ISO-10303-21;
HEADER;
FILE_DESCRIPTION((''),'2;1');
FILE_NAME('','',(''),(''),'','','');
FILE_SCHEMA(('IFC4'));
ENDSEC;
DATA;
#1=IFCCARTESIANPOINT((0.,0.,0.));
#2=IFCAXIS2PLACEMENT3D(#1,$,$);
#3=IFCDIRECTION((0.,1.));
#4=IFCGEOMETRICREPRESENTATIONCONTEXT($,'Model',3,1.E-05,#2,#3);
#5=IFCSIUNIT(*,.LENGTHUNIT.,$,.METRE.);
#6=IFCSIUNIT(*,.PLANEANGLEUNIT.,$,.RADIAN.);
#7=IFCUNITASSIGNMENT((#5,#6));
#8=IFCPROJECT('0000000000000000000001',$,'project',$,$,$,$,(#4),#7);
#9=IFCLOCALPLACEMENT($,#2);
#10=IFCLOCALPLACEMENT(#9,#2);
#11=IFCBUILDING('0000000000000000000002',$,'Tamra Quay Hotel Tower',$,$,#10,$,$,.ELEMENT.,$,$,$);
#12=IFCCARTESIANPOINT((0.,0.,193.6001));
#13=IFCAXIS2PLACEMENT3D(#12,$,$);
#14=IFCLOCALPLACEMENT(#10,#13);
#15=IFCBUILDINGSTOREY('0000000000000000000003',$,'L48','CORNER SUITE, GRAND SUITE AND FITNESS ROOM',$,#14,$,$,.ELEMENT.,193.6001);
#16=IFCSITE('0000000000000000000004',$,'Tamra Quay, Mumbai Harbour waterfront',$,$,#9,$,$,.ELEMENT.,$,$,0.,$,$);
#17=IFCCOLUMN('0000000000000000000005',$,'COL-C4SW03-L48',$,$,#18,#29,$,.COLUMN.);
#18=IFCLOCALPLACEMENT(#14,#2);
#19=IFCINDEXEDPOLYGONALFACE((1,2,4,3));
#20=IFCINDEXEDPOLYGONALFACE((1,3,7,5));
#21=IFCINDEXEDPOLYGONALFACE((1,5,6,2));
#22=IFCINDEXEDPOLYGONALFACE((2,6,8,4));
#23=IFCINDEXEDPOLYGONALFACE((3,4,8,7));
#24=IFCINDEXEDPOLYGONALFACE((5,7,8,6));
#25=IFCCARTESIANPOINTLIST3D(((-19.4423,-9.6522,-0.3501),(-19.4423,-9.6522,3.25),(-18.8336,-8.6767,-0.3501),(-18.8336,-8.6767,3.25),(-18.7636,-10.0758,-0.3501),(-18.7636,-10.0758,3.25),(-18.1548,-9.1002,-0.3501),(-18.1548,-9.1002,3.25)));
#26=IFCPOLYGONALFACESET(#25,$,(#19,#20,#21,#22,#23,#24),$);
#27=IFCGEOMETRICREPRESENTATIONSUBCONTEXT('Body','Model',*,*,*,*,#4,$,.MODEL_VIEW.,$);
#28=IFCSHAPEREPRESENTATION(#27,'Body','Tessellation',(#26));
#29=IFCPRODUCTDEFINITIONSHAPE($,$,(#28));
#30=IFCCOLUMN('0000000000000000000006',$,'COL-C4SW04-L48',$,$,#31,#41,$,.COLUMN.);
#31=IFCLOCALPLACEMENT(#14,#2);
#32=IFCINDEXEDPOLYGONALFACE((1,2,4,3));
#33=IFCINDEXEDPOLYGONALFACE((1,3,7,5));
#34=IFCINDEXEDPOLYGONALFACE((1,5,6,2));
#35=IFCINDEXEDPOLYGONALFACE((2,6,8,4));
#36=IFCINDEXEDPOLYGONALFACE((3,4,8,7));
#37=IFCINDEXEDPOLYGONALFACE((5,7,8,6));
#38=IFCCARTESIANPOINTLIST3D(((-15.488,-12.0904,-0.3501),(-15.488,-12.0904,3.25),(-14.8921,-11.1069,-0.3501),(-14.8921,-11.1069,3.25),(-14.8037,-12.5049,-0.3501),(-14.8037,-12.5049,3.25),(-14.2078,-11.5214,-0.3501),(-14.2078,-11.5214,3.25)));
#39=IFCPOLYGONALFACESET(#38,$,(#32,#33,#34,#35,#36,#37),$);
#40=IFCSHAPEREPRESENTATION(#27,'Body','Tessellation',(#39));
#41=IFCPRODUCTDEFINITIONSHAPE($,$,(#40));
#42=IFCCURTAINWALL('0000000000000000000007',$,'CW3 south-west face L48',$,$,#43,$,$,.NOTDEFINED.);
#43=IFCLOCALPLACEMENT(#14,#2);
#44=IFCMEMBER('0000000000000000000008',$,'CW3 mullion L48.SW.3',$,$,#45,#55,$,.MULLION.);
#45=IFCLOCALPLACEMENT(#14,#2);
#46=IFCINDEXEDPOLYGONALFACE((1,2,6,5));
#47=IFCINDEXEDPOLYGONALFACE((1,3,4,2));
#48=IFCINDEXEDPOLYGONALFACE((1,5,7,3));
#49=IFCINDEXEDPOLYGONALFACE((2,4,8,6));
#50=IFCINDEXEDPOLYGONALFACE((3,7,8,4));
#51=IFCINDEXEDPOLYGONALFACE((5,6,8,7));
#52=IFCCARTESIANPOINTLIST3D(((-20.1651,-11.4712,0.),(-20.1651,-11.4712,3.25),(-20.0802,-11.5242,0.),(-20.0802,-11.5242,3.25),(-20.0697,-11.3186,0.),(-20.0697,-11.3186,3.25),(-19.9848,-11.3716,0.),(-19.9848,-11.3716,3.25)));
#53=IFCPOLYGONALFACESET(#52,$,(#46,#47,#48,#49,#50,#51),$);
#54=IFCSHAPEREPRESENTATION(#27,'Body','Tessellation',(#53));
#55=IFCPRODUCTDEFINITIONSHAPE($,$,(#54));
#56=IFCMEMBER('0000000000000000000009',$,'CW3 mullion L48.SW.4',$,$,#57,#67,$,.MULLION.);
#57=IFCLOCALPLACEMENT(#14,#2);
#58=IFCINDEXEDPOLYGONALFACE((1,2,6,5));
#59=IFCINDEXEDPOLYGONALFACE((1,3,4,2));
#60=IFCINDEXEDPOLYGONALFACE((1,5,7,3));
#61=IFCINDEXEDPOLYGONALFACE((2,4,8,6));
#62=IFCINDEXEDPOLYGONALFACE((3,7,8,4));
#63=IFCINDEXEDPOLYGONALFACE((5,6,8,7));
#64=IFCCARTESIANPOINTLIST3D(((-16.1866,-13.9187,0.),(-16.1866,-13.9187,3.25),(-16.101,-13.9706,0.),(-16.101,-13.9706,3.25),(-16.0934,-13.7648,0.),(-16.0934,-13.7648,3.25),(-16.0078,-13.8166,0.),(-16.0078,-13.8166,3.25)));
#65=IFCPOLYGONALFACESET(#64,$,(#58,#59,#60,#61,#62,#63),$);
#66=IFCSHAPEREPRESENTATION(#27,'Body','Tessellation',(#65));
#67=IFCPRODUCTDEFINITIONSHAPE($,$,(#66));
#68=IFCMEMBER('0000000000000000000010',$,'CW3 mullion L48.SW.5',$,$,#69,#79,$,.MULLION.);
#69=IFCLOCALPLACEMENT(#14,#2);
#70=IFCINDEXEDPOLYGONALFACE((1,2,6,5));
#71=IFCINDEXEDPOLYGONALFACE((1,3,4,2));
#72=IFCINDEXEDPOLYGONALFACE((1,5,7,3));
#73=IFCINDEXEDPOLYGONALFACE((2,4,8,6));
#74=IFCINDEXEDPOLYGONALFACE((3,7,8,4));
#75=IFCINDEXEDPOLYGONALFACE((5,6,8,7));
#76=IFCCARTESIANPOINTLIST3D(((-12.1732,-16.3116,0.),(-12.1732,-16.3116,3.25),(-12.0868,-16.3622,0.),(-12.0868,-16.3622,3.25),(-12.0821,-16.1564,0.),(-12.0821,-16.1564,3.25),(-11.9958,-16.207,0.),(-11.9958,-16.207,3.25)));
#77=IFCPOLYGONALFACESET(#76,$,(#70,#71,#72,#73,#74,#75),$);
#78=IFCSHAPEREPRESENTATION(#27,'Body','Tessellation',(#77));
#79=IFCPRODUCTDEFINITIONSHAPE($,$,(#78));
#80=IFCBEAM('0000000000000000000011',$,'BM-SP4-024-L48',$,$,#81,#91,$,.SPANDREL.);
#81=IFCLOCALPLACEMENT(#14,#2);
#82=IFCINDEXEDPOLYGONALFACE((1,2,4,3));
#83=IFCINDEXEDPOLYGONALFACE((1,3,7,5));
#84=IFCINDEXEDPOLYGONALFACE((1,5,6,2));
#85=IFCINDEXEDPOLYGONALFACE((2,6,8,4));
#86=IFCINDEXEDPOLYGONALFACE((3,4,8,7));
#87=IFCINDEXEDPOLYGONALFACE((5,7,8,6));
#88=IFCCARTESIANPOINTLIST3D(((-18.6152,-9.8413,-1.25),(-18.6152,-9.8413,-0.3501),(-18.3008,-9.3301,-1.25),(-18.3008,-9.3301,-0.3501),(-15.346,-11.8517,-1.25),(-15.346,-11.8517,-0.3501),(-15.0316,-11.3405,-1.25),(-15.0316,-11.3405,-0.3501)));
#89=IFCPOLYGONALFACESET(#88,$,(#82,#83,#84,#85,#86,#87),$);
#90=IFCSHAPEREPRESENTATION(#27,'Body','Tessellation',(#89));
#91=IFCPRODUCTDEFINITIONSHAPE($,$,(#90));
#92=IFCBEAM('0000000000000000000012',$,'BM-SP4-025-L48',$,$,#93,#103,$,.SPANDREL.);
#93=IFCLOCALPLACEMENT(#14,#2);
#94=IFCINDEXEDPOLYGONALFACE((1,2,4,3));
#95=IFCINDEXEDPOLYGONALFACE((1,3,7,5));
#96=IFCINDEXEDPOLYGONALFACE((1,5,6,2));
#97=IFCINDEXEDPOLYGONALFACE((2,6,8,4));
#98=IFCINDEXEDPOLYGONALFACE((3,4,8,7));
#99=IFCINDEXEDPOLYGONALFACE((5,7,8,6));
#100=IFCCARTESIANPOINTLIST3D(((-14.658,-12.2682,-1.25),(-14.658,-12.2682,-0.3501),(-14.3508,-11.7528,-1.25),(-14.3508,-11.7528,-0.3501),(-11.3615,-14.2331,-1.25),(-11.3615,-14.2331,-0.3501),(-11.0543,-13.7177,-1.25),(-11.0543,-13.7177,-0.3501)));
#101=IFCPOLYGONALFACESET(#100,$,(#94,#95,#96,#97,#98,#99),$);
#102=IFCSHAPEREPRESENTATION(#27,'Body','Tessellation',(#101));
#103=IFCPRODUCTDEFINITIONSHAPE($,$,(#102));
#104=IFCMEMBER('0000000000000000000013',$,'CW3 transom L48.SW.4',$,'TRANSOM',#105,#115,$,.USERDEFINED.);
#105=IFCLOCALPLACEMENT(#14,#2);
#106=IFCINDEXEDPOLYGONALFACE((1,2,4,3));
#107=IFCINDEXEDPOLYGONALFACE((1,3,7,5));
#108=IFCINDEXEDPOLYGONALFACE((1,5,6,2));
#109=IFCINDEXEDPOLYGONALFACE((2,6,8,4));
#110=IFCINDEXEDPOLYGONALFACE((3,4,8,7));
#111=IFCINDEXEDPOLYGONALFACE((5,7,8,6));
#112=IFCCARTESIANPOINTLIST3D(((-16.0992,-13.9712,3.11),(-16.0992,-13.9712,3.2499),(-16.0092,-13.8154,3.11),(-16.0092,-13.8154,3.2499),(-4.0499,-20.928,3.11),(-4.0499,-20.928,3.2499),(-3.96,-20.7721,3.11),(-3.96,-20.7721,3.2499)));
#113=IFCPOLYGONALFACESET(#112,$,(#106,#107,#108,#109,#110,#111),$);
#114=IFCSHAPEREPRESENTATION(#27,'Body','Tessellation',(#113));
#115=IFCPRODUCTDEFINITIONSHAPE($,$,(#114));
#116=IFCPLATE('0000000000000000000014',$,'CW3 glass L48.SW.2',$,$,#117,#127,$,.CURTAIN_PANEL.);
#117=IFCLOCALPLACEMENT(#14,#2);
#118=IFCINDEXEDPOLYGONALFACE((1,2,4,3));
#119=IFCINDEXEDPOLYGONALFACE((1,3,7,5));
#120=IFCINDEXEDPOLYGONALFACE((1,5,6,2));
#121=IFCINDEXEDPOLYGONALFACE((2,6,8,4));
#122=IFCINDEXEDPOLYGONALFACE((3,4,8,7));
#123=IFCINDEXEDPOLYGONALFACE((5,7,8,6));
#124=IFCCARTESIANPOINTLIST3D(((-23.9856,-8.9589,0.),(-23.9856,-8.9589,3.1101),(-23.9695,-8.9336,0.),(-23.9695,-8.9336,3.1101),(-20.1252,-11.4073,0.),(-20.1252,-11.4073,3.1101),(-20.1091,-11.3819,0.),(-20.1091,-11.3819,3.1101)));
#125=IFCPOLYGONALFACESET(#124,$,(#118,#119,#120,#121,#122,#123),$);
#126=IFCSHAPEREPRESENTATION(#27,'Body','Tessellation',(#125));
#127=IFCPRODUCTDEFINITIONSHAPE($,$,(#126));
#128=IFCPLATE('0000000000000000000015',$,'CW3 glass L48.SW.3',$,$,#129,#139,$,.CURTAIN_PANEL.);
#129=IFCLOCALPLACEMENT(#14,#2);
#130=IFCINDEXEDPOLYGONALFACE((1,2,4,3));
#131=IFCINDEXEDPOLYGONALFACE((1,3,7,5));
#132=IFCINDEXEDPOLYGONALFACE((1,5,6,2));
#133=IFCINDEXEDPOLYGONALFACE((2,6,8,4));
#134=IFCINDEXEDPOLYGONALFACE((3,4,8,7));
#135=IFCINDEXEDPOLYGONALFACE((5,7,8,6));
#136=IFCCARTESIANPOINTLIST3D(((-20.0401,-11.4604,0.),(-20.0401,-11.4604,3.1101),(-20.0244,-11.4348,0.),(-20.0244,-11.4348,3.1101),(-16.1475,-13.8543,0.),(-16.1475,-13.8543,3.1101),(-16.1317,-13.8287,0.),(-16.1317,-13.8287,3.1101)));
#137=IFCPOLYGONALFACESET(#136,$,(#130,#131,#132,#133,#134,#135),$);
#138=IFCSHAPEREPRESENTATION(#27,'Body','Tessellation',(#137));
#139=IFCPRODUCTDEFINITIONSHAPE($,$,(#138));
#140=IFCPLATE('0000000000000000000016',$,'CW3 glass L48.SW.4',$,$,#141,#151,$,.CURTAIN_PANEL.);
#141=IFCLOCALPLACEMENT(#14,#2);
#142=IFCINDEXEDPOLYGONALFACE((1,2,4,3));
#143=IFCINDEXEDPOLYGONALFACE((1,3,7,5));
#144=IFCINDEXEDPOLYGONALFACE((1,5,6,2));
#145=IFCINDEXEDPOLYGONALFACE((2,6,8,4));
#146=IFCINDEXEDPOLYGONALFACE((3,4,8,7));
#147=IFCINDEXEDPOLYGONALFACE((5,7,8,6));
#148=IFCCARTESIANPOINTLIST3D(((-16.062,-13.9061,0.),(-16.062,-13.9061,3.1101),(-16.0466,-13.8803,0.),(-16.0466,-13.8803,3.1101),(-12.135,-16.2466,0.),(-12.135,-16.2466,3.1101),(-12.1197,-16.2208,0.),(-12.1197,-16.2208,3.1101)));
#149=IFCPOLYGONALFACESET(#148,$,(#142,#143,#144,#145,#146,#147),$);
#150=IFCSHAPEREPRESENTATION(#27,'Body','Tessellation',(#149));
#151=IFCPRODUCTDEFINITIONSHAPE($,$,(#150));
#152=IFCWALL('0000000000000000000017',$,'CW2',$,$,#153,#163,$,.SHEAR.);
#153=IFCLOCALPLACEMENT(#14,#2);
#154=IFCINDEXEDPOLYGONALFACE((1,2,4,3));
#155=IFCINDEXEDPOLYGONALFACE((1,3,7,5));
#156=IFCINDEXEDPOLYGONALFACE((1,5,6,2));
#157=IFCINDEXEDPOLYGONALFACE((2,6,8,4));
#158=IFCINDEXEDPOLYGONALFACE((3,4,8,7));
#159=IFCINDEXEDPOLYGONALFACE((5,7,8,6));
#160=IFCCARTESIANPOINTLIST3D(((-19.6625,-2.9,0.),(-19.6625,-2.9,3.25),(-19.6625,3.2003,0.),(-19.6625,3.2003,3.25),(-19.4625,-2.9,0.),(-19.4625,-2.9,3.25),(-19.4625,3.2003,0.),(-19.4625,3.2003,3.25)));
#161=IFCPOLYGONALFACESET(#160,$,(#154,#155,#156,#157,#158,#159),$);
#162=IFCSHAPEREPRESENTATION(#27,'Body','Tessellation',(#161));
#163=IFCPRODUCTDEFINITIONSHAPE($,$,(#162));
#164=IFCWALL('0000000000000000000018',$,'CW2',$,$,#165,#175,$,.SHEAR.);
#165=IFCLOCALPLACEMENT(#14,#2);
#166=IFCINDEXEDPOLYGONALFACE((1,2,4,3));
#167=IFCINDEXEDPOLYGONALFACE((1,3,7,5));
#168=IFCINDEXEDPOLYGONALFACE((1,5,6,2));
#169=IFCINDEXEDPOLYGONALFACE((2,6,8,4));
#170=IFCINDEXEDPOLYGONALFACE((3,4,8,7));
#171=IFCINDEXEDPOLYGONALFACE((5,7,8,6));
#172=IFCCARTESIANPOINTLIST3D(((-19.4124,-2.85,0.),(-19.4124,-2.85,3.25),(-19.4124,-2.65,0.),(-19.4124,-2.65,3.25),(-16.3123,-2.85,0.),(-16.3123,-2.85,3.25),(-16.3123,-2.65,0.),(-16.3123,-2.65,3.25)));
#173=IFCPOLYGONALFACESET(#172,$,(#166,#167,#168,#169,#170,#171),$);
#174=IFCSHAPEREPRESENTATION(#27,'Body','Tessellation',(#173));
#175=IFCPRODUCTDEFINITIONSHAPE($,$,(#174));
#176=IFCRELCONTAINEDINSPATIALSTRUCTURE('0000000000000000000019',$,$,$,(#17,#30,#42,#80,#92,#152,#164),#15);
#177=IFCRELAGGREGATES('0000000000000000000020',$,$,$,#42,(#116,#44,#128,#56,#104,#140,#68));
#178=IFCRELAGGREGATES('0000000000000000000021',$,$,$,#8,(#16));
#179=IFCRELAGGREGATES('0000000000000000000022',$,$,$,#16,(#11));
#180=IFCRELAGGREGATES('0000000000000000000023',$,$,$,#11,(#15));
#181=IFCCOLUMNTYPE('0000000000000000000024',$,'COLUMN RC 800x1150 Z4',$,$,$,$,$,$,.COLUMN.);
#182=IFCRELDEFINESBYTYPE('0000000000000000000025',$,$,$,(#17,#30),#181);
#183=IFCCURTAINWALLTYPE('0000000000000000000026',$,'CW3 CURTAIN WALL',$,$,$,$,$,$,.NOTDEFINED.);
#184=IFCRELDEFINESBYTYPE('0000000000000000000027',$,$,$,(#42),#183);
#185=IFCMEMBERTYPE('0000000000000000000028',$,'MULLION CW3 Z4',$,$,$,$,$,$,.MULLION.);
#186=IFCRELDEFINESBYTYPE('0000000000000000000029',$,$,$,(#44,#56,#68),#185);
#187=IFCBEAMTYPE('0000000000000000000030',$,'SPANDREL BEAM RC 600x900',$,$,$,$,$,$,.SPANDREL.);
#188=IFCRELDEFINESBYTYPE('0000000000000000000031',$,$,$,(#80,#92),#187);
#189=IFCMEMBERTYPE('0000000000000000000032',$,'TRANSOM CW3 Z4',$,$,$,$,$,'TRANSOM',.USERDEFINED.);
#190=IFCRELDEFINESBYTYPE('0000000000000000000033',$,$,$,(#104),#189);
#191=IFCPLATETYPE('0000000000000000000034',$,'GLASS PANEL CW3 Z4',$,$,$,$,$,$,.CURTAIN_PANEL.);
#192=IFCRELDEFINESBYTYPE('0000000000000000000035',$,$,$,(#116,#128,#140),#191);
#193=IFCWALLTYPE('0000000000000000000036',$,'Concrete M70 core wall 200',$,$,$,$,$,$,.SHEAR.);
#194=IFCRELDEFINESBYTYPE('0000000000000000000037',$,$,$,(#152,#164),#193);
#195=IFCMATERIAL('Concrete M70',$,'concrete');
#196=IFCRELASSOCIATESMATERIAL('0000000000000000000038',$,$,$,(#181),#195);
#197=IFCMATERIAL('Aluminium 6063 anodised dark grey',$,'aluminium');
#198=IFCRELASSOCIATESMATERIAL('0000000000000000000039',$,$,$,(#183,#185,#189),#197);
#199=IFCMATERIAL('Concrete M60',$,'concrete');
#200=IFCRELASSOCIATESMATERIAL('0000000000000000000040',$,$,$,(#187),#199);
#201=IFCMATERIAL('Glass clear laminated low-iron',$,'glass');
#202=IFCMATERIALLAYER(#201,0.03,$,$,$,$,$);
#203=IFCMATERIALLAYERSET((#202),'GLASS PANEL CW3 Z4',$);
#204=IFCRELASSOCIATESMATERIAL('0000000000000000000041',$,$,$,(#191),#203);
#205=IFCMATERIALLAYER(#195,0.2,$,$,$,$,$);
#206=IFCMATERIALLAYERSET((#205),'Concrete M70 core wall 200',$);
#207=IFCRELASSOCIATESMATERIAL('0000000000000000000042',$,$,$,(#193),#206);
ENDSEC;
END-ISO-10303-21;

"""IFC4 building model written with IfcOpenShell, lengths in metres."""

from ifc_helpers import new_model, si_unit, direction, frame, frame_2d, origin, origin_2d, place, context, subcontext, project, spatial, rectangle, extrude, material, layer, layer_set, material_profile, profile_set, type_object, element, aggregate, save


model = new_model("IFC4")

# Units and contexts
model_context = context("Model", 3, precision=1e-05, world=origin(), true_north=direction((0.0, 1.0)))
body_context = subcontext(model_context, "Body", "Model", "MODEL_VIEW")
ifc_project = project(units=[si_unit("LENGTHUNIT", "METRE"), si_unit("PLANEANGLEUNIT", "RADIAN")], contexts=[model_context])

# Site, building, storey
site_placement = place(None, origin())
site = spatial("IfcSite", under=ifc_project, at=site_placement, Name="Tamra Quay, Mumbai Harbour waterfront", CompositionType="ELEMENT", RefElevation=0.0)
building_placement = place(site_placement, origin())
building = spatial("IfcBuilding", under=site, at=building_placement, Name="Tamra Quay Hotel Tower", CompositionType="ELEMENT")
storey_placement = place(building_placement, frame((0.0, 0.0, 193.6001)))
storey = spatial("IfcBuildingStorey", under=building, at=storey_placement, Name="L48", Description="CORNER SUITE, GRAND SUITE AND FITNESS ROOM", CompositionType="ELEMENT", Elevation=193.6001)

# Columns
ifc_material_1 = material(Name="Concrete M70", Category="concrete")
ifc_material_profile_1 = material_profile(ifc_material_1, rectangle(XDim=1.1499, YDim=0.8, at=origin_2d()), Name="COLUMN RC 800x1150 Z4")
ifc_profile_set_1 = profile_set([ifc_material_profile_1], Name="Concrete M70")
column_type = type_object("IfcColumnType", Name="COLUMN RC 800x1150 Z4", PredefinedType="COLUMN", material=ifc_profile_set_1)
for number, where, z_axis, x_axis, name in (
    (1, (-18.7986, -9.3762, -0.3501), (0.0, 0.0, 1.0), (0.52941, 0.848366, 0.0), "COL-C4SW03-L48"),
    (2, (-14.8479, -11.8059, -0.3501), (0.0, 0.0, 1.0), (0.518175, 0.855275, 0.0), "COL-C4SW04-L48"),
):
    element("IfcColumn", number, at=place(storey_placement, frame(where, z_axis=z_axis, x_axis=x_axis)), inside=storey, type_object=column_type, Name=name, PredefinedType="COLUMN", context=body_context, shape_type="SweptSolid", body=[
        extrude(rectangle(XDim=1.1499, YDim=0.8, at=origin_2d()), origin(), (0.0, 0.0, 1.0), 3.6001),
    ])

# Curtain wall, members
ifc_material_2 = material(Name="Aluminium 6063 anodised dark grey", Category="aluminium")
curtain_wall_type = type_object("IfcCurtainWallType", Name="CW3 CURTAIN WALL", PredefinedType="NOTDEFINED", material=ifc_material_2)
curtain_wall_placement = place(storey_placement, origin())
curtain_wall = element("IfcCurtainWall", 3, at=curtain_wall_placement, inside=storey, type_object=curtain_wall_type, Name="CW3 south-west face L48", PredefinedType="NOTDEFINED")
ifc_material_profile_2 = material_profile(ifc_material_2, rectangle(XDim=0.1799, YDim=0.1001, at=origin_2d()), Name="MULLION 100X180")
ifc_profile_set_2 = profile_set([ifc_material_profile_2], Name="Aluminium 6063 anodised dark grey")
member_type_1 = type_object("IfcMemberType", Name="MULLION CW3 Z4", PredefinedType="MULLION", material=ifc_profile_set_2)
member_1_placement = place(storey_placement, frame((-20.075, -11.4214, 0.0), z_axis=(0.0, 0.0, 1.0), x_axis=(-0.529731, -0.848166, 0.0)))
member_1 = element("IfcMember", 4, at=member_1_placement, type_object=member_type_1, Name="CW3 mullion L48.SW.3", PredefinedType="MULLION", context=body_context, shape_type="SweptSolid", body=[
    extrude(rectangle(XDim=0.1799, YDim=0.1001, at=origin_2d()), origin(), (0.0, 0.0, 1.0), 3.25),
])
member_2_placement = place(storey_placement, frame((-16.0972, -13.8677, 0.0), z_axis=(0.0, 0.0, 1.0), x_axis=(-0.517923, -0.855427, 0.0)))
member_2 = element("IfcMember", 5, at=member_2_placement, type_object=member_type_1, Name="CW3 mullion L48.SW.4", PredefinedType="MULLION", context=body_context, shape_type="SweptSolid", body=[
    extrude(rectangle(XDim=0.1799, YDim=0.1001, at=origin_2d()), origin(), (0.0, 0.0, 1.0), 3.25),
])
member_3_placement = place(storey_placement, frame((-12.0845, -16.2593, 0.0), z_axis=(0.0, 0.0, 1.0), x_axis=(-0.506001, -0.862533, 0.0)))
member_3 = element("IfcMember", 6, at=member_3_placement, type_object=member_type_1, Name="CW3 mullion L48.SW.5", PredefinedType="MULLION", context=body_context, shape_type="SweptSolid", body=[
    extrude(rectangle(XDim=0.1799, YDim=0.1001, at=origin_2d()), origin(), (0.0, 0.0, 1.0), 3.25),
])

# Beams
ifc_material_3 = material(Name="Concrete M60", Category="concrete")
ifc_material_profile_3 = material_profile(ifc_material_3, rectangle(XDim=0.6001, YDim=0.8999, at=origin_2d()), Name="SPANDREL BEAM RC 600x900")
ifc_profile_set_3 = profile_set([ifc_material_profile_3], Name="Concrete M60")
beam_type = type_object("IfcBeamType", Name="SPANDREL BEAM RC 600x900", PredefinedType="SPANDREL", material=ifc_profile_set_3)
beam_1_placement = place(storey_placement, frame((-18.458, -9.5857, -0.8), z_axis=(0.851818, -0.523838, 0.0), x_axis=(0.523838, 0.851818, 0.0)))
element("IfcBeam", 7, at=beam_1_placement, inside=storey, type_object=beam_type, Name="BM-SP4-024-L48", PredefinedType="SPANDREL", context=body_context, shape_type="SweptSolid", body=[
    extrude(rectangle(XDim=0.6001, YDim=0.8999, at=origin_2d()), origin(), (0.0, 0.0, 1.0), 3.8379),
])
beam_2_placement = place(storey_placement, frame((-14.5044, -12.0105, -0.8), z_axis=(0.858982, -0.512005, 0.0), x_axis=(0.512005, 0.858982, 0.0)))
element("IfcBeam", 8, at=beam_2_placement, inside=storey, type_object=beam_type, Name="BM-SP4-025-L48", PredefinedType="SPANDREL", context=body_context, shape_type="SweptSolid", body=[
    extrude(rectangle(XDim=0.6001, YDim=0.8999, at=origin_2d()), origin(), (0.0, 0.0, 1.0), 3.8376),
])

# Member
ifc_material_profile_4 = material_profile(ifc_material_2, rectangle(XDim=0.1799, YDim=0.1399, at=origin_2d()), Name="TRANSOM 180X140")
ifc_profile_set_4 = profile_set([ifc_material_profile_4], Name="Aluminium 6063 anodised dark grey")
member_type_2 = type_object("IfcMemberType", Name="TRANSOM CW3 Z4", ElementType="TRANSOM", PredefinedType="USERDEFINED", material=ifc_profile_set_4)
member_4_placement = place(storey_placement, frame((-16.0542, -13.8933, 3.1799), z_axis=(0.866022, -0.500006, 0.0), x_axis=(0.500006, 0.866022, 0.0)))
member_4 = element("IfcMember", 9, at=member_4_placement, type_object=member_type_2, Name="CW3 transom L48.SW.4", ObjectType="TRANSOM", PredefinedType="USERDEFINED", context=body_context, shape_type="SweptSolid", body=[
    extrude(rectangle(XDim=0.1799, YDim=0.1399, at=origin_2d()), origin(), (0.0, 0.0, 1.0), 13.9133),
])

# Plates
ifc_material_4 = material(Name="Glass clear laminated low-iron", Category="glass")
ifc_layer_1 = layer(ifc_material_4, 0.03)
ifc_layer_set_1 = layer_set([ifc_layer_1], Name="GLASS PANEL CW3 Z4")
plate_type = type_object("IfcPlateType", Name="GLASS PANEL CW3 Z4", PredefinedType="CURTAIN_PANEL", material=ifc_layer_set_1)
plate_1_placement = place(storey_placement, frame((-22.0474, -10.1704, 0.0), z_axis=(0.0, 0.0, 1.0), x_axis=(0.844476, -0.535593, 0.0)))
plate_1 = element("IfcPlate", 10, at=plate_1_placement, type_object=plate_type, Name="CW3 glass L48.SW.2", PredefinedType="CURTAIN_PANEL", context=body_context, shape_type="SweptSolid", body=[
    extrude(rectangle(XDim=4.5713, YDim=0.03, at=origin_2d()), origin(), (0.0, 0.0, 1.0), 3.1101),
])
plate_2_placement = place(storey_placement, frame((-18.0859, -12.6445, 0.0), z_axis=(0.0, 0.0, 1.0), x_axis=(0.851815, -0.523843, 0.0)))
plate_2 = element("IfcPlate", 11, at=plate_2_placement, type_object=plate_type, Name="CW3 glass L48.SW.3", PredefinedType="CURTAIN_PANEL", context=body_context, shape_type="SweptSolid", body=[
    extrude(rectangle(XDim=4.5698, YDim=0.03, at=origin_2d()), origin(), (0.0, 0.0, 1.0), 3.1101),
])
plate_3_placement = place(storey_placement, frame((-14.0908, -15.0635, 0.0), z_axis=(0.0, 0.0, 1.0), x_axis=(0.858999, -0.511978, 0.0)))
plate_3 = element("IfcPlate", 12, at=plate_3_placement, type_object=plate_type, Name="CW3 glass L48.SW.4", PredefinedType="CURTAIN_PANEL", context=body_context, shape_type="SweptSolid", body=[
    extrude(rectangle(XDim=4.5715, YDim=0.03, at=origin_2d()), origin(), (0.0, 0.0, 1.0), 3.1101),
])
aggregate(curtain_wall, [plate_1, member_1, plate_2, member_2, member_4, plate_3, member_3])

# Walls
ifc_layer_2 = layer(ifc_material_1, 0.2)
ifc_layer_set_2 = layer_set([ifc_layer_2], Name="Concrete M70 core wall 200")
wall_type_1 = type_object("IfcWallType", Name="Concrete M70 core wall 200", PredefinedType="SHEAR", material=ifc_layer_set_2)
wall_1_placement = place(storey_placement, frame((-19.5625, -2.9001, 0.0), z_axis=(0.0, 0.0, 1.0), x_axis=(0.0, 1.0, 0.0)))
element("IfcWall", 13, at=wall_1_placement, inside=storey, type_object=wall_type_1, Name="CW2", PredefinedType="SHEAR", context=body_context, shape_type="SweptSolid", body=[
    extrude(rectangle(XDim=6.1003, YDim=0.2, at=frame_2d((3.0503, 0.0))), origin(), (0.0, 0.0, 1.0), 3.25),
])
wall_2_placement = place(storey_placement, frame((-19.4124, -2.75, 0.0), z_axis=(0.0, 0.0, 1.0), x_axis=(1.0, 0.0, 0.0)))
element("IfcWall", 14, at=wall_2_placement, inside=storey, type_object=wall_type_1, Name="CW2", PredefinedType="SHEAR", context=body_context, shape_type="SweptSolid", body=[
    extrude(rectangle(XDim=3.1001, YDim=0.2, at=frame_2d((1.55, 0.0))), origin(), (0.0, 0.0, 1.0), 3.25),
])

save(model, "model.ifc")
